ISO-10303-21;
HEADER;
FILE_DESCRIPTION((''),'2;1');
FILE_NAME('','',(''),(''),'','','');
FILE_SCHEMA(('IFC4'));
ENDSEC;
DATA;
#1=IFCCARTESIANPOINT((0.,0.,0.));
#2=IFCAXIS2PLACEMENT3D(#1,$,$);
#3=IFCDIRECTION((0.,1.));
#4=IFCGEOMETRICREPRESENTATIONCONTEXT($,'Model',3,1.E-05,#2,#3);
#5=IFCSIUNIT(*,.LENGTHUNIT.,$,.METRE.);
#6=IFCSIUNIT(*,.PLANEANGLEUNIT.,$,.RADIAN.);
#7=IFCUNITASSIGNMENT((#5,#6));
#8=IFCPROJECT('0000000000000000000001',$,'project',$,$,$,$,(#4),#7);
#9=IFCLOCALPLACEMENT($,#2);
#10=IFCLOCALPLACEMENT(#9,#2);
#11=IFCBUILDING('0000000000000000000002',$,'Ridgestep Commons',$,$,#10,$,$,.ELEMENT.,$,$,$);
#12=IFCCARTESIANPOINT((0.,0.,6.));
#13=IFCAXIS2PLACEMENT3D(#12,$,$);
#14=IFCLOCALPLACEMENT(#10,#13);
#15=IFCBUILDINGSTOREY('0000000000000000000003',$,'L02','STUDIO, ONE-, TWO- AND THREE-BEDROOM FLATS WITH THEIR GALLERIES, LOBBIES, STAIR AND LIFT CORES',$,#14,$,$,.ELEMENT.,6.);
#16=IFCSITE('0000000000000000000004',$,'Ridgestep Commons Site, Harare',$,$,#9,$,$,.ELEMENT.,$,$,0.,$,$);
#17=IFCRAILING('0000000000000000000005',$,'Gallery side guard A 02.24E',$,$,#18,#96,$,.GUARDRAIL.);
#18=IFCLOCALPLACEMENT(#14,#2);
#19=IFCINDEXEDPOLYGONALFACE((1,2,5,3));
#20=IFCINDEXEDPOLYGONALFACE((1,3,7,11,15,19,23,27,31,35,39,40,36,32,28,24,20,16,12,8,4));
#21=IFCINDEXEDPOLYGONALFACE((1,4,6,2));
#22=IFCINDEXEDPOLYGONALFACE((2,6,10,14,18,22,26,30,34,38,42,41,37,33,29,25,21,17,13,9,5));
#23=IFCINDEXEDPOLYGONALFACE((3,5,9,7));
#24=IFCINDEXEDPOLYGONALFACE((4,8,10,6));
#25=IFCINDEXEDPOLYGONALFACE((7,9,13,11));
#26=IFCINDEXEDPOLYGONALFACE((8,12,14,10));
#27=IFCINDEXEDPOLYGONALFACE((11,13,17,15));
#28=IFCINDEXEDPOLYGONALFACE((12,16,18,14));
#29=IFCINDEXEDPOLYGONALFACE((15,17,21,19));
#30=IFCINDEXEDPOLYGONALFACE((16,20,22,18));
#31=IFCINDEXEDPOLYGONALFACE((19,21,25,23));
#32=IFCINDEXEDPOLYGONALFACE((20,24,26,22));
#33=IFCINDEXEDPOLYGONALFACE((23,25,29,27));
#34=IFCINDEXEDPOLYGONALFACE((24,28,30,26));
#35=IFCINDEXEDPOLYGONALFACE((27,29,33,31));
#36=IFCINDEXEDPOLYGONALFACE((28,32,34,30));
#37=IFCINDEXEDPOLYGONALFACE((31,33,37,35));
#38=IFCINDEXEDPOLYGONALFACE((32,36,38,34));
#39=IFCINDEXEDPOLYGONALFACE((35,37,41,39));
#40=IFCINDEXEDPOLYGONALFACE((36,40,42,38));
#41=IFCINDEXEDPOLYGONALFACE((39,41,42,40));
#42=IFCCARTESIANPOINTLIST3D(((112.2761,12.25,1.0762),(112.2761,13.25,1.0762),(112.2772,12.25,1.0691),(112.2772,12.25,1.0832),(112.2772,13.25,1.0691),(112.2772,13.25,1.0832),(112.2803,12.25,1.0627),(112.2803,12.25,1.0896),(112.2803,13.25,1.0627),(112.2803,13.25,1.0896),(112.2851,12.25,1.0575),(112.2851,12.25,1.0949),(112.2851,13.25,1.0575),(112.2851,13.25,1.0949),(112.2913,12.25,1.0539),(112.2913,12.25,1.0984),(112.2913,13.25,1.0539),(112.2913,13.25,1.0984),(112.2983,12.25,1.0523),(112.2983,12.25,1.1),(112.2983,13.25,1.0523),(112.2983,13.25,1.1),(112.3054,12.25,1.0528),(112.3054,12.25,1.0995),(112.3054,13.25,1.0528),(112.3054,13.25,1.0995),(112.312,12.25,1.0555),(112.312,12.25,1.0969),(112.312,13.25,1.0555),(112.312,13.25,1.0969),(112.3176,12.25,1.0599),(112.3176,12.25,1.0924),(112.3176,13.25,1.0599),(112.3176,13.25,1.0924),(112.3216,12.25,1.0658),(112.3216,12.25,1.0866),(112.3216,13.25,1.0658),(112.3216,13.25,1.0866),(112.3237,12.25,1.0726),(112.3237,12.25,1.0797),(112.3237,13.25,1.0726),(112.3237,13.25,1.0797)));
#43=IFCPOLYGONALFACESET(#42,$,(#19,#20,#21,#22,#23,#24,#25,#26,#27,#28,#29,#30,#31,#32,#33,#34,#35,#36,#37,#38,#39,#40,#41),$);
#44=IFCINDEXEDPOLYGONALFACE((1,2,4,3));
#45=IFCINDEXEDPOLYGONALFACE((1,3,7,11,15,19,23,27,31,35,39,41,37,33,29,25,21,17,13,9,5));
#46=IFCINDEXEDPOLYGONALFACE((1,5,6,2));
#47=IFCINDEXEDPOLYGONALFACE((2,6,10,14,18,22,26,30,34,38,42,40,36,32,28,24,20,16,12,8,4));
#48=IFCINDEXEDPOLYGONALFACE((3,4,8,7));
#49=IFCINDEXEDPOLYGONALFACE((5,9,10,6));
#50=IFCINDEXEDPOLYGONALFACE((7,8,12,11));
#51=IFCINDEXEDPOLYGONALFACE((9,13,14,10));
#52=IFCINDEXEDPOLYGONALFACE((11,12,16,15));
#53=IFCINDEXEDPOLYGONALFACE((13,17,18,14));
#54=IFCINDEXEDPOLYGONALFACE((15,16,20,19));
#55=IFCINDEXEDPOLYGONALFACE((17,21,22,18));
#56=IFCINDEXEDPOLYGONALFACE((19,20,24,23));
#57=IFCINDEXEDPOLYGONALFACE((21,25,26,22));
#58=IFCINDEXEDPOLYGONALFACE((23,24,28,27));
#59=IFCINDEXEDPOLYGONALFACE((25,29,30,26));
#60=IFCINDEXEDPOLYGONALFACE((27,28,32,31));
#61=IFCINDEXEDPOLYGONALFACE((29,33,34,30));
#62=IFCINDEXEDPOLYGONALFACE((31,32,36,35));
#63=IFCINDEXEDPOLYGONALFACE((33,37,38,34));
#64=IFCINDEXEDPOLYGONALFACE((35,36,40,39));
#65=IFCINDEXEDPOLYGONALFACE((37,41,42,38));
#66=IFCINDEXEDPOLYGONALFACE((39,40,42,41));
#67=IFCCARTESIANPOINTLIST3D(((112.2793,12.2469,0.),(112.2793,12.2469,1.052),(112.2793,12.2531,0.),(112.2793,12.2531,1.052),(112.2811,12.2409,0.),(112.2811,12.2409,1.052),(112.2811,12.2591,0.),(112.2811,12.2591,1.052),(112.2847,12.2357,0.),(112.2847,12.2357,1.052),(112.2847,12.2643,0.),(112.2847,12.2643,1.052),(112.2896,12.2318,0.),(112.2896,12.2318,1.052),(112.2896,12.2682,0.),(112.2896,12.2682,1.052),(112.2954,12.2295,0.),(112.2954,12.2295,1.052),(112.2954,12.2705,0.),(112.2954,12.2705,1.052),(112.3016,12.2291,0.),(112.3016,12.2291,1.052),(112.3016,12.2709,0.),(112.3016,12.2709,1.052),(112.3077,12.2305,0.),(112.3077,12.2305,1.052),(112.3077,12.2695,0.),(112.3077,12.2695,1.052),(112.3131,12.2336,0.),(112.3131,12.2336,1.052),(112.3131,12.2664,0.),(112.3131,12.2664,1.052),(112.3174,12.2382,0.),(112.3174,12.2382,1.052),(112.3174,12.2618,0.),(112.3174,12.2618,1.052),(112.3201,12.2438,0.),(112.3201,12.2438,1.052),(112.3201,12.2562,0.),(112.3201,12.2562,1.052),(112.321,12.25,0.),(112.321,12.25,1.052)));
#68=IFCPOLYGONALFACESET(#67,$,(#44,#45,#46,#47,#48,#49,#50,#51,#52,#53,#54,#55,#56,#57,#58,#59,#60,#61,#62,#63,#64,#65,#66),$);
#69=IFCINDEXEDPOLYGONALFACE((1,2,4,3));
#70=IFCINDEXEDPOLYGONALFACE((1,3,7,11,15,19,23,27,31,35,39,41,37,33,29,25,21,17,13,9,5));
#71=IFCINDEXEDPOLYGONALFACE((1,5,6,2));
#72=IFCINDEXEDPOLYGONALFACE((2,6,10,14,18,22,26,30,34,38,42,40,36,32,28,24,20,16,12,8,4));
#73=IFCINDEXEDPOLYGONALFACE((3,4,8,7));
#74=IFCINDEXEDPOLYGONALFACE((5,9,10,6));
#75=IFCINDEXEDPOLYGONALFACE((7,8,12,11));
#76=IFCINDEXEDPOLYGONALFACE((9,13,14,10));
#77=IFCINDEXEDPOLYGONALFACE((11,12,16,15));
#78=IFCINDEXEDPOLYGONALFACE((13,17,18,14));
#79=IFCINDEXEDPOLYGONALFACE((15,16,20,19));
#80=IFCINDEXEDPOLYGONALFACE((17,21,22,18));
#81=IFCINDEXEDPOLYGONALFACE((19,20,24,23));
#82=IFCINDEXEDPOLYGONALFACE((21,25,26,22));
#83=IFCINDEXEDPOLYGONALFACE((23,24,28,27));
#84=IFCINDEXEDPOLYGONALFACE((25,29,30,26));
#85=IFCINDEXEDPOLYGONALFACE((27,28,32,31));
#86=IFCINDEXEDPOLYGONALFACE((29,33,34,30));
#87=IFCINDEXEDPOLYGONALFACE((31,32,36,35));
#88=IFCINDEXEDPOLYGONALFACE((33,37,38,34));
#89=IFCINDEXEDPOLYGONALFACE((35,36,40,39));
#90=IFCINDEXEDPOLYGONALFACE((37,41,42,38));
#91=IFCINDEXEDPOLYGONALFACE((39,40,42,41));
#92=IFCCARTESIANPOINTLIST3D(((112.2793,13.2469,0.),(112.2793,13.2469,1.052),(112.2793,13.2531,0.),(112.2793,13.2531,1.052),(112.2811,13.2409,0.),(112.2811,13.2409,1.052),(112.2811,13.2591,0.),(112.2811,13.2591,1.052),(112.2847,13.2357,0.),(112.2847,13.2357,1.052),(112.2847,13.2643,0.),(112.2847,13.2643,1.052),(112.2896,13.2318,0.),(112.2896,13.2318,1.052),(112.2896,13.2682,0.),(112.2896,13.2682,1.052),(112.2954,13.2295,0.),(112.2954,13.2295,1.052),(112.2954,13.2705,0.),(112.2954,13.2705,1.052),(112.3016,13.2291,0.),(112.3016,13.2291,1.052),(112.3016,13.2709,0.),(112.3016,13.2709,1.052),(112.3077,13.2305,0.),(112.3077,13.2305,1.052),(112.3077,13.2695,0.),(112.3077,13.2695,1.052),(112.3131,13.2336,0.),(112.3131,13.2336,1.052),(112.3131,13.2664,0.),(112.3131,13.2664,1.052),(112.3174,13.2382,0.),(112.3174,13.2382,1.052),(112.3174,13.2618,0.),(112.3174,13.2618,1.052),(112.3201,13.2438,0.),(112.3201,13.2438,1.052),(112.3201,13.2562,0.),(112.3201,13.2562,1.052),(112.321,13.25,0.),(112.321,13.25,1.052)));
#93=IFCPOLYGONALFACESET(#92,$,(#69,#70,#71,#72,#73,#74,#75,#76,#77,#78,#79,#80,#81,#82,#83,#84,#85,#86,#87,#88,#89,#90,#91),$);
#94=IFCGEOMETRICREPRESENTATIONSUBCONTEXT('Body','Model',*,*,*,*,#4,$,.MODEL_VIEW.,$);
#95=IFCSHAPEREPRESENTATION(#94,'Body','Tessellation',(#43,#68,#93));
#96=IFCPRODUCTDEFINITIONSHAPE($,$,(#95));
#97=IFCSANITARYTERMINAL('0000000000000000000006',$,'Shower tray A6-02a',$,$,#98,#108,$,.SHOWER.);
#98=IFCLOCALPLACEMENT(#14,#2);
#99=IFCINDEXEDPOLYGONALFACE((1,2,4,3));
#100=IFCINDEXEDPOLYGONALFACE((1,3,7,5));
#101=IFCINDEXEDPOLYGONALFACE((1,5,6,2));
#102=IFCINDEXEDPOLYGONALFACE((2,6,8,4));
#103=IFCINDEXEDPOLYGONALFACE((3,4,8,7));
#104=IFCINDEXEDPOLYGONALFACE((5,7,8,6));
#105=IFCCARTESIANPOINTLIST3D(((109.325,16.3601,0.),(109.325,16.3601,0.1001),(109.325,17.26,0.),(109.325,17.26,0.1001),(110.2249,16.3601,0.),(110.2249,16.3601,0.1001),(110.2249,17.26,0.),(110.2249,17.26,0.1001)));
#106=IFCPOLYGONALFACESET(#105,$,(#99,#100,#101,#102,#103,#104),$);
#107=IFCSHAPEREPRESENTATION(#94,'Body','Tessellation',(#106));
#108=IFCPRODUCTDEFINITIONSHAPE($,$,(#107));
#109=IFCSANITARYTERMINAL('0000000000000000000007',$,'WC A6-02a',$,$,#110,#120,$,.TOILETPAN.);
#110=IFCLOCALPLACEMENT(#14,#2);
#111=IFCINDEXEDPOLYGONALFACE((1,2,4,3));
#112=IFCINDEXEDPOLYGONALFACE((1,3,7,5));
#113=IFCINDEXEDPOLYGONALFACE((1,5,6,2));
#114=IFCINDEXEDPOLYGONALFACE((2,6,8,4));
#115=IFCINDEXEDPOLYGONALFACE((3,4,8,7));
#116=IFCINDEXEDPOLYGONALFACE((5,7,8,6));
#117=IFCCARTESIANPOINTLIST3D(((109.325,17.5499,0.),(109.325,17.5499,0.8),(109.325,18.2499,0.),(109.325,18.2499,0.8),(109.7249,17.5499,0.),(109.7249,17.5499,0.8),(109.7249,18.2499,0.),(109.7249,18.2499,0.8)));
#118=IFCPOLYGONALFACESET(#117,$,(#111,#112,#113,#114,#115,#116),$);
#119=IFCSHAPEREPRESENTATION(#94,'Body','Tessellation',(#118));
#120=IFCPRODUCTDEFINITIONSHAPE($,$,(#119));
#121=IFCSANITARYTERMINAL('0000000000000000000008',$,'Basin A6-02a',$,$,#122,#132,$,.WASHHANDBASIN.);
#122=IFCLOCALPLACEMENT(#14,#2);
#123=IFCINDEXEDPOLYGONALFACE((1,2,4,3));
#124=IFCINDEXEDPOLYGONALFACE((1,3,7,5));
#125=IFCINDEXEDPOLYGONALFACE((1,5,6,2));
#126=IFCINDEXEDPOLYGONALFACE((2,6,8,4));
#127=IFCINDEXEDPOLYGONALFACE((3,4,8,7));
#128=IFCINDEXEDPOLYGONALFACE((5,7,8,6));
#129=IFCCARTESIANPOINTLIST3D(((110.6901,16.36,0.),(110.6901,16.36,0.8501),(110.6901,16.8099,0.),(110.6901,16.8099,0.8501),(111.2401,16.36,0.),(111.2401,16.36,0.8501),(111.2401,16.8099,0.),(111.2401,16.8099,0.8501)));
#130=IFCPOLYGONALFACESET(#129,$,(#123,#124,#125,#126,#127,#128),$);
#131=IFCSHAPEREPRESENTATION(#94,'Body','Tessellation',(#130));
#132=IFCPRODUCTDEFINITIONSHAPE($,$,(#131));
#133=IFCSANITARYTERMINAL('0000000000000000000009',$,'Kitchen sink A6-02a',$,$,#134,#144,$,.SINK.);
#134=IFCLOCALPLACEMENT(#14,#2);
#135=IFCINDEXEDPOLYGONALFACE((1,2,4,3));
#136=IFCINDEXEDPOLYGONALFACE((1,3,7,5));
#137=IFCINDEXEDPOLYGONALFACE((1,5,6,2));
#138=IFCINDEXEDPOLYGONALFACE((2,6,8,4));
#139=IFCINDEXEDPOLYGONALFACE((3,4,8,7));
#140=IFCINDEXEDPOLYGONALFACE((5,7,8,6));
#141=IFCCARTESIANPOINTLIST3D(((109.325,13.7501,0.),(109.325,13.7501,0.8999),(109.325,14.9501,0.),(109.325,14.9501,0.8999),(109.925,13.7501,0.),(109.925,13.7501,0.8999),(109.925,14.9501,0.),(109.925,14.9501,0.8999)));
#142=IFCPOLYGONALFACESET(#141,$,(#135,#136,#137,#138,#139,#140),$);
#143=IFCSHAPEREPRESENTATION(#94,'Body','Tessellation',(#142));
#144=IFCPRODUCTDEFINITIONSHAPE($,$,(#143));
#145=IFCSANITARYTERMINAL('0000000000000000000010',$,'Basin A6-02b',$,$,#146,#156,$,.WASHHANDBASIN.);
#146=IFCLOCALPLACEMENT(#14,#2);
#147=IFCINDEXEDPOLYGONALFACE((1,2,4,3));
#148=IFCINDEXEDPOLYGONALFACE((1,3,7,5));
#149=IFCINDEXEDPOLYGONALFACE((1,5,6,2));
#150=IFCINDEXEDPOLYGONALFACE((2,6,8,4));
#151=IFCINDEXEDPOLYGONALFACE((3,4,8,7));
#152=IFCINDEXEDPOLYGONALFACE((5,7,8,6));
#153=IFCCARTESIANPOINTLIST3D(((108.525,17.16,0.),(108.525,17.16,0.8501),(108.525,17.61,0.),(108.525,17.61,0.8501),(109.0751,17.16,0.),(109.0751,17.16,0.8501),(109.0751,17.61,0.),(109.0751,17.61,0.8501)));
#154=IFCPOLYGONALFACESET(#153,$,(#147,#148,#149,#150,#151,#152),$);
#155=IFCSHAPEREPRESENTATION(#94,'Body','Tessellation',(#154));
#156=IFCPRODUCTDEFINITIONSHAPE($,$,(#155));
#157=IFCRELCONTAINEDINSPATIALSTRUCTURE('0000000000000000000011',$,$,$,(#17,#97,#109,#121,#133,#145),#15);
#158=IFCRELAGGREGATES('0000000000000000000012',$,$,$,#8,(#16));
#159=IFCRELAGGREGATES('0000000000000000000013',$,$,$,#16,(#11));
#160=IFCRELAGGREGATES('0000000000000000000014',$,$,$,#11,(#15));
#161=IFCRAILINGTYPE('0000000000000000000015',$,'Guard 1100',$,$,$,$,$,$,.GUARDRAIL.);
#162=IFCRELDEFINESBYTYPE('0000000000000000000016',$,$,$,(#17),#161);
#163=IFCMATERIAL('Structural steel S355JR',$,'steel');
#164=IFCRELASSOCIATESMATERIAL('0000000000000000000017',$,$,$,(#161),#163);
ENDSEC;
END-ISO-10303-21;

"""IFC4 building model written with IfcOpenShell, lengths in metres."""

from ifc_helpers import new_model, si_unit, direction, frame, origin, origin_2d, place, context, subcontext, project, spatial, rectangle, circle, extrude, material, type_object, element, save


model = new_model("IFC4")

# Units and contexts
model_context = context("Model", 3, precision=1e-05, world=origin(), true_north=direction((0.0, 1.0)))
body_context = subcontext(model_context, "Body", "Model", "MODEL_VIEW")
ifc_project = project(units=[si_unit("LENGTHUNIT", "METRE"), si_unit("PLANEANGLEUNIT", "RADIAN")], contexts=[model_context])

# Site, building, storey
site_placement = place(None, origin())
site = spatial("IfcSite", under=ifc_project, at=site_placement, Name="Ridgestep Commons Site, Harare", CompositionType="ELEMENT", RefElevation=0.0)
building_placement = place(site_placement, origin())
building = spatial("IfcBuilding", under=site, at=building_placement, Name="Ridgestep Commons", CompositionType="ELEMENT")
storey_placement = place(building_placement, frame((0.0, 0.0, 6.0)))
storey = spatial("IfcBuildingStorey", under=building, at=storey_placement, Name="L02", Description="STUDIO, ONE-, TWO- AND THREE-BEDROOM FLATS WITH THEIR GALLERIES, LOBBIES, STAIR AND LIFT CORES", CompositionType="ELEMENT", Elevation=6.0)

# Railing
ifc_material_1 = material(Name="Structural steel S355JR", Category="steel")
railing_type = type_object("IfcRailingType", Name="Guard 1100", PredefinedType="GUARDRAIL", material=ifc_material_1)
for number, where, name in (
    (1, (112.3, 12.25, 0.0), "Gallery side guard A 02.24E"),
):
    element("IfcRailing", number, at=place(storey_placement, frame(where)), inside=storey, type_object=railing_type, Name=name, PredefinedType="GUARDRAIL", context=body_context, shape_type="SweptSolid", body=[
        extrude(circle(Radius=0.0239, at=origin_2d()), frame((0.0, 0.0, 1.0762), z_axis=(0.0, 1.0, 0.0), x_axis=(-1.0, 0.0, 0.0)), (0.0, 0.0, 1.0), 1.0),
        extrude(circle(Radius=0.021, at=origin_2d()), origin(), (0.0, 0.0, 1.0), 1.052),
        extrude(circle(Radius=0.021, at=origin_2d()), frame((0.0, 1.0, 0.0)), (0.0, 0.0, 1.0), 1.052),
    ])

# Sanitary terminals
sanitary_terminal_1_placement = place(storey_placement, frame((109.7749, 16.8101, 0.0), z_axis=(0.0, 0.0, 1.0), x_axis=(1.0, 0.0, 0.0)))
element("IfcSanitaryTerminal", 2, at=sanitary_terminal_1_placement, inside=storey, Name="Shower tray A6-02a", PredefinedType="SHOWER", context=body_context, shape_type="SweptSolid", body=[
    extrude(rectangle(XDim=0.8999, YDim=0.8999, at=origin_2d()), origin(), (0.0, 0.0, 1.0), 0.1001),
])
sanitary_terminal_2_placement = place(storey_placement, frame((109.5249, 17.8999, 0.0), z_axis=(0.0, 0.0, 1.0), x_axis=(1.0, 0.0, 0.0)))
element("IfcSanitaryTerminal", 3, at=sanitary_terminal_2_placement, inside=storey, Name="WC A6-02a", PredefinedType="TOILETPAN", context=body_context, shape_type="SweptSolid", body=[
    extrude(rectangle(XDim=0.3999, YDim=0.7, at=origin_2d()), origin(), (0.0, 0.0, 1.0), 0.8),
])
sanitary_terminal_3_placement = place(storey_placement, frame((110.9651, 16.585, 0.0), z_axis=(0.0, 0.0, 1.0), x_axis=(1.0, 0.0, 0.0)))
element("IfcSanitaryTerminal", 4, at=sanitary_terminal_3_placement, inside=storey, Name="Basin A6-02a", PredefinedType="WASHHANDBASIN", context=body_context, shape_type="SweptSolid", body=[
    extrude(rectangle(XDim=0.55, YDim=0.45, at=origin_2d()), origin(), (0.0, 0.0, 1.0), 0.8501),
])
sanitary_terminal_4_placement = place(storey_placement, frame((109.625, 14.3501, 0.0), z_axis=(0.0, 0.0, 1.0), x_axis=(1.0, 0.0, 0.0)))
element("IfcSanitaryTerminal", 5, at=sanitary_terminal_4_placement, inside=storey, Name="Kitchen sink A6-02a", PredefinedType="SINK", context=body_context, shape_type="SweptSolid", body=[
    extrude(rectangle(XDim=0.6001, YDim=1.2, at=origin_2d()), origin(), (0.0, 0.0, 1.0), 0.8999),
])
sanitary_terminal_5_placement = place(storey_placement, frame((108.8, 17.385, 0.0), z_axis=(0.0, 0.0, 1.0), x_axis=(1.0, 0.0, 0.0)))
element("IfcSanitaryTerminal", 6, at=sanitary_terminal_5_placement, inside=storey, Name="Basin A6-02b", PredefinedType="WASHHANDBASIN", context=body_context, shape_type="SweptSolid", body=[
    extrude(rectangle(XDim=0.55, YDim=0.45, at=origin_2d()), origin(), (0.0, 0.0, 1.0), 0.8501),
])

save(model, "model.ifc")
